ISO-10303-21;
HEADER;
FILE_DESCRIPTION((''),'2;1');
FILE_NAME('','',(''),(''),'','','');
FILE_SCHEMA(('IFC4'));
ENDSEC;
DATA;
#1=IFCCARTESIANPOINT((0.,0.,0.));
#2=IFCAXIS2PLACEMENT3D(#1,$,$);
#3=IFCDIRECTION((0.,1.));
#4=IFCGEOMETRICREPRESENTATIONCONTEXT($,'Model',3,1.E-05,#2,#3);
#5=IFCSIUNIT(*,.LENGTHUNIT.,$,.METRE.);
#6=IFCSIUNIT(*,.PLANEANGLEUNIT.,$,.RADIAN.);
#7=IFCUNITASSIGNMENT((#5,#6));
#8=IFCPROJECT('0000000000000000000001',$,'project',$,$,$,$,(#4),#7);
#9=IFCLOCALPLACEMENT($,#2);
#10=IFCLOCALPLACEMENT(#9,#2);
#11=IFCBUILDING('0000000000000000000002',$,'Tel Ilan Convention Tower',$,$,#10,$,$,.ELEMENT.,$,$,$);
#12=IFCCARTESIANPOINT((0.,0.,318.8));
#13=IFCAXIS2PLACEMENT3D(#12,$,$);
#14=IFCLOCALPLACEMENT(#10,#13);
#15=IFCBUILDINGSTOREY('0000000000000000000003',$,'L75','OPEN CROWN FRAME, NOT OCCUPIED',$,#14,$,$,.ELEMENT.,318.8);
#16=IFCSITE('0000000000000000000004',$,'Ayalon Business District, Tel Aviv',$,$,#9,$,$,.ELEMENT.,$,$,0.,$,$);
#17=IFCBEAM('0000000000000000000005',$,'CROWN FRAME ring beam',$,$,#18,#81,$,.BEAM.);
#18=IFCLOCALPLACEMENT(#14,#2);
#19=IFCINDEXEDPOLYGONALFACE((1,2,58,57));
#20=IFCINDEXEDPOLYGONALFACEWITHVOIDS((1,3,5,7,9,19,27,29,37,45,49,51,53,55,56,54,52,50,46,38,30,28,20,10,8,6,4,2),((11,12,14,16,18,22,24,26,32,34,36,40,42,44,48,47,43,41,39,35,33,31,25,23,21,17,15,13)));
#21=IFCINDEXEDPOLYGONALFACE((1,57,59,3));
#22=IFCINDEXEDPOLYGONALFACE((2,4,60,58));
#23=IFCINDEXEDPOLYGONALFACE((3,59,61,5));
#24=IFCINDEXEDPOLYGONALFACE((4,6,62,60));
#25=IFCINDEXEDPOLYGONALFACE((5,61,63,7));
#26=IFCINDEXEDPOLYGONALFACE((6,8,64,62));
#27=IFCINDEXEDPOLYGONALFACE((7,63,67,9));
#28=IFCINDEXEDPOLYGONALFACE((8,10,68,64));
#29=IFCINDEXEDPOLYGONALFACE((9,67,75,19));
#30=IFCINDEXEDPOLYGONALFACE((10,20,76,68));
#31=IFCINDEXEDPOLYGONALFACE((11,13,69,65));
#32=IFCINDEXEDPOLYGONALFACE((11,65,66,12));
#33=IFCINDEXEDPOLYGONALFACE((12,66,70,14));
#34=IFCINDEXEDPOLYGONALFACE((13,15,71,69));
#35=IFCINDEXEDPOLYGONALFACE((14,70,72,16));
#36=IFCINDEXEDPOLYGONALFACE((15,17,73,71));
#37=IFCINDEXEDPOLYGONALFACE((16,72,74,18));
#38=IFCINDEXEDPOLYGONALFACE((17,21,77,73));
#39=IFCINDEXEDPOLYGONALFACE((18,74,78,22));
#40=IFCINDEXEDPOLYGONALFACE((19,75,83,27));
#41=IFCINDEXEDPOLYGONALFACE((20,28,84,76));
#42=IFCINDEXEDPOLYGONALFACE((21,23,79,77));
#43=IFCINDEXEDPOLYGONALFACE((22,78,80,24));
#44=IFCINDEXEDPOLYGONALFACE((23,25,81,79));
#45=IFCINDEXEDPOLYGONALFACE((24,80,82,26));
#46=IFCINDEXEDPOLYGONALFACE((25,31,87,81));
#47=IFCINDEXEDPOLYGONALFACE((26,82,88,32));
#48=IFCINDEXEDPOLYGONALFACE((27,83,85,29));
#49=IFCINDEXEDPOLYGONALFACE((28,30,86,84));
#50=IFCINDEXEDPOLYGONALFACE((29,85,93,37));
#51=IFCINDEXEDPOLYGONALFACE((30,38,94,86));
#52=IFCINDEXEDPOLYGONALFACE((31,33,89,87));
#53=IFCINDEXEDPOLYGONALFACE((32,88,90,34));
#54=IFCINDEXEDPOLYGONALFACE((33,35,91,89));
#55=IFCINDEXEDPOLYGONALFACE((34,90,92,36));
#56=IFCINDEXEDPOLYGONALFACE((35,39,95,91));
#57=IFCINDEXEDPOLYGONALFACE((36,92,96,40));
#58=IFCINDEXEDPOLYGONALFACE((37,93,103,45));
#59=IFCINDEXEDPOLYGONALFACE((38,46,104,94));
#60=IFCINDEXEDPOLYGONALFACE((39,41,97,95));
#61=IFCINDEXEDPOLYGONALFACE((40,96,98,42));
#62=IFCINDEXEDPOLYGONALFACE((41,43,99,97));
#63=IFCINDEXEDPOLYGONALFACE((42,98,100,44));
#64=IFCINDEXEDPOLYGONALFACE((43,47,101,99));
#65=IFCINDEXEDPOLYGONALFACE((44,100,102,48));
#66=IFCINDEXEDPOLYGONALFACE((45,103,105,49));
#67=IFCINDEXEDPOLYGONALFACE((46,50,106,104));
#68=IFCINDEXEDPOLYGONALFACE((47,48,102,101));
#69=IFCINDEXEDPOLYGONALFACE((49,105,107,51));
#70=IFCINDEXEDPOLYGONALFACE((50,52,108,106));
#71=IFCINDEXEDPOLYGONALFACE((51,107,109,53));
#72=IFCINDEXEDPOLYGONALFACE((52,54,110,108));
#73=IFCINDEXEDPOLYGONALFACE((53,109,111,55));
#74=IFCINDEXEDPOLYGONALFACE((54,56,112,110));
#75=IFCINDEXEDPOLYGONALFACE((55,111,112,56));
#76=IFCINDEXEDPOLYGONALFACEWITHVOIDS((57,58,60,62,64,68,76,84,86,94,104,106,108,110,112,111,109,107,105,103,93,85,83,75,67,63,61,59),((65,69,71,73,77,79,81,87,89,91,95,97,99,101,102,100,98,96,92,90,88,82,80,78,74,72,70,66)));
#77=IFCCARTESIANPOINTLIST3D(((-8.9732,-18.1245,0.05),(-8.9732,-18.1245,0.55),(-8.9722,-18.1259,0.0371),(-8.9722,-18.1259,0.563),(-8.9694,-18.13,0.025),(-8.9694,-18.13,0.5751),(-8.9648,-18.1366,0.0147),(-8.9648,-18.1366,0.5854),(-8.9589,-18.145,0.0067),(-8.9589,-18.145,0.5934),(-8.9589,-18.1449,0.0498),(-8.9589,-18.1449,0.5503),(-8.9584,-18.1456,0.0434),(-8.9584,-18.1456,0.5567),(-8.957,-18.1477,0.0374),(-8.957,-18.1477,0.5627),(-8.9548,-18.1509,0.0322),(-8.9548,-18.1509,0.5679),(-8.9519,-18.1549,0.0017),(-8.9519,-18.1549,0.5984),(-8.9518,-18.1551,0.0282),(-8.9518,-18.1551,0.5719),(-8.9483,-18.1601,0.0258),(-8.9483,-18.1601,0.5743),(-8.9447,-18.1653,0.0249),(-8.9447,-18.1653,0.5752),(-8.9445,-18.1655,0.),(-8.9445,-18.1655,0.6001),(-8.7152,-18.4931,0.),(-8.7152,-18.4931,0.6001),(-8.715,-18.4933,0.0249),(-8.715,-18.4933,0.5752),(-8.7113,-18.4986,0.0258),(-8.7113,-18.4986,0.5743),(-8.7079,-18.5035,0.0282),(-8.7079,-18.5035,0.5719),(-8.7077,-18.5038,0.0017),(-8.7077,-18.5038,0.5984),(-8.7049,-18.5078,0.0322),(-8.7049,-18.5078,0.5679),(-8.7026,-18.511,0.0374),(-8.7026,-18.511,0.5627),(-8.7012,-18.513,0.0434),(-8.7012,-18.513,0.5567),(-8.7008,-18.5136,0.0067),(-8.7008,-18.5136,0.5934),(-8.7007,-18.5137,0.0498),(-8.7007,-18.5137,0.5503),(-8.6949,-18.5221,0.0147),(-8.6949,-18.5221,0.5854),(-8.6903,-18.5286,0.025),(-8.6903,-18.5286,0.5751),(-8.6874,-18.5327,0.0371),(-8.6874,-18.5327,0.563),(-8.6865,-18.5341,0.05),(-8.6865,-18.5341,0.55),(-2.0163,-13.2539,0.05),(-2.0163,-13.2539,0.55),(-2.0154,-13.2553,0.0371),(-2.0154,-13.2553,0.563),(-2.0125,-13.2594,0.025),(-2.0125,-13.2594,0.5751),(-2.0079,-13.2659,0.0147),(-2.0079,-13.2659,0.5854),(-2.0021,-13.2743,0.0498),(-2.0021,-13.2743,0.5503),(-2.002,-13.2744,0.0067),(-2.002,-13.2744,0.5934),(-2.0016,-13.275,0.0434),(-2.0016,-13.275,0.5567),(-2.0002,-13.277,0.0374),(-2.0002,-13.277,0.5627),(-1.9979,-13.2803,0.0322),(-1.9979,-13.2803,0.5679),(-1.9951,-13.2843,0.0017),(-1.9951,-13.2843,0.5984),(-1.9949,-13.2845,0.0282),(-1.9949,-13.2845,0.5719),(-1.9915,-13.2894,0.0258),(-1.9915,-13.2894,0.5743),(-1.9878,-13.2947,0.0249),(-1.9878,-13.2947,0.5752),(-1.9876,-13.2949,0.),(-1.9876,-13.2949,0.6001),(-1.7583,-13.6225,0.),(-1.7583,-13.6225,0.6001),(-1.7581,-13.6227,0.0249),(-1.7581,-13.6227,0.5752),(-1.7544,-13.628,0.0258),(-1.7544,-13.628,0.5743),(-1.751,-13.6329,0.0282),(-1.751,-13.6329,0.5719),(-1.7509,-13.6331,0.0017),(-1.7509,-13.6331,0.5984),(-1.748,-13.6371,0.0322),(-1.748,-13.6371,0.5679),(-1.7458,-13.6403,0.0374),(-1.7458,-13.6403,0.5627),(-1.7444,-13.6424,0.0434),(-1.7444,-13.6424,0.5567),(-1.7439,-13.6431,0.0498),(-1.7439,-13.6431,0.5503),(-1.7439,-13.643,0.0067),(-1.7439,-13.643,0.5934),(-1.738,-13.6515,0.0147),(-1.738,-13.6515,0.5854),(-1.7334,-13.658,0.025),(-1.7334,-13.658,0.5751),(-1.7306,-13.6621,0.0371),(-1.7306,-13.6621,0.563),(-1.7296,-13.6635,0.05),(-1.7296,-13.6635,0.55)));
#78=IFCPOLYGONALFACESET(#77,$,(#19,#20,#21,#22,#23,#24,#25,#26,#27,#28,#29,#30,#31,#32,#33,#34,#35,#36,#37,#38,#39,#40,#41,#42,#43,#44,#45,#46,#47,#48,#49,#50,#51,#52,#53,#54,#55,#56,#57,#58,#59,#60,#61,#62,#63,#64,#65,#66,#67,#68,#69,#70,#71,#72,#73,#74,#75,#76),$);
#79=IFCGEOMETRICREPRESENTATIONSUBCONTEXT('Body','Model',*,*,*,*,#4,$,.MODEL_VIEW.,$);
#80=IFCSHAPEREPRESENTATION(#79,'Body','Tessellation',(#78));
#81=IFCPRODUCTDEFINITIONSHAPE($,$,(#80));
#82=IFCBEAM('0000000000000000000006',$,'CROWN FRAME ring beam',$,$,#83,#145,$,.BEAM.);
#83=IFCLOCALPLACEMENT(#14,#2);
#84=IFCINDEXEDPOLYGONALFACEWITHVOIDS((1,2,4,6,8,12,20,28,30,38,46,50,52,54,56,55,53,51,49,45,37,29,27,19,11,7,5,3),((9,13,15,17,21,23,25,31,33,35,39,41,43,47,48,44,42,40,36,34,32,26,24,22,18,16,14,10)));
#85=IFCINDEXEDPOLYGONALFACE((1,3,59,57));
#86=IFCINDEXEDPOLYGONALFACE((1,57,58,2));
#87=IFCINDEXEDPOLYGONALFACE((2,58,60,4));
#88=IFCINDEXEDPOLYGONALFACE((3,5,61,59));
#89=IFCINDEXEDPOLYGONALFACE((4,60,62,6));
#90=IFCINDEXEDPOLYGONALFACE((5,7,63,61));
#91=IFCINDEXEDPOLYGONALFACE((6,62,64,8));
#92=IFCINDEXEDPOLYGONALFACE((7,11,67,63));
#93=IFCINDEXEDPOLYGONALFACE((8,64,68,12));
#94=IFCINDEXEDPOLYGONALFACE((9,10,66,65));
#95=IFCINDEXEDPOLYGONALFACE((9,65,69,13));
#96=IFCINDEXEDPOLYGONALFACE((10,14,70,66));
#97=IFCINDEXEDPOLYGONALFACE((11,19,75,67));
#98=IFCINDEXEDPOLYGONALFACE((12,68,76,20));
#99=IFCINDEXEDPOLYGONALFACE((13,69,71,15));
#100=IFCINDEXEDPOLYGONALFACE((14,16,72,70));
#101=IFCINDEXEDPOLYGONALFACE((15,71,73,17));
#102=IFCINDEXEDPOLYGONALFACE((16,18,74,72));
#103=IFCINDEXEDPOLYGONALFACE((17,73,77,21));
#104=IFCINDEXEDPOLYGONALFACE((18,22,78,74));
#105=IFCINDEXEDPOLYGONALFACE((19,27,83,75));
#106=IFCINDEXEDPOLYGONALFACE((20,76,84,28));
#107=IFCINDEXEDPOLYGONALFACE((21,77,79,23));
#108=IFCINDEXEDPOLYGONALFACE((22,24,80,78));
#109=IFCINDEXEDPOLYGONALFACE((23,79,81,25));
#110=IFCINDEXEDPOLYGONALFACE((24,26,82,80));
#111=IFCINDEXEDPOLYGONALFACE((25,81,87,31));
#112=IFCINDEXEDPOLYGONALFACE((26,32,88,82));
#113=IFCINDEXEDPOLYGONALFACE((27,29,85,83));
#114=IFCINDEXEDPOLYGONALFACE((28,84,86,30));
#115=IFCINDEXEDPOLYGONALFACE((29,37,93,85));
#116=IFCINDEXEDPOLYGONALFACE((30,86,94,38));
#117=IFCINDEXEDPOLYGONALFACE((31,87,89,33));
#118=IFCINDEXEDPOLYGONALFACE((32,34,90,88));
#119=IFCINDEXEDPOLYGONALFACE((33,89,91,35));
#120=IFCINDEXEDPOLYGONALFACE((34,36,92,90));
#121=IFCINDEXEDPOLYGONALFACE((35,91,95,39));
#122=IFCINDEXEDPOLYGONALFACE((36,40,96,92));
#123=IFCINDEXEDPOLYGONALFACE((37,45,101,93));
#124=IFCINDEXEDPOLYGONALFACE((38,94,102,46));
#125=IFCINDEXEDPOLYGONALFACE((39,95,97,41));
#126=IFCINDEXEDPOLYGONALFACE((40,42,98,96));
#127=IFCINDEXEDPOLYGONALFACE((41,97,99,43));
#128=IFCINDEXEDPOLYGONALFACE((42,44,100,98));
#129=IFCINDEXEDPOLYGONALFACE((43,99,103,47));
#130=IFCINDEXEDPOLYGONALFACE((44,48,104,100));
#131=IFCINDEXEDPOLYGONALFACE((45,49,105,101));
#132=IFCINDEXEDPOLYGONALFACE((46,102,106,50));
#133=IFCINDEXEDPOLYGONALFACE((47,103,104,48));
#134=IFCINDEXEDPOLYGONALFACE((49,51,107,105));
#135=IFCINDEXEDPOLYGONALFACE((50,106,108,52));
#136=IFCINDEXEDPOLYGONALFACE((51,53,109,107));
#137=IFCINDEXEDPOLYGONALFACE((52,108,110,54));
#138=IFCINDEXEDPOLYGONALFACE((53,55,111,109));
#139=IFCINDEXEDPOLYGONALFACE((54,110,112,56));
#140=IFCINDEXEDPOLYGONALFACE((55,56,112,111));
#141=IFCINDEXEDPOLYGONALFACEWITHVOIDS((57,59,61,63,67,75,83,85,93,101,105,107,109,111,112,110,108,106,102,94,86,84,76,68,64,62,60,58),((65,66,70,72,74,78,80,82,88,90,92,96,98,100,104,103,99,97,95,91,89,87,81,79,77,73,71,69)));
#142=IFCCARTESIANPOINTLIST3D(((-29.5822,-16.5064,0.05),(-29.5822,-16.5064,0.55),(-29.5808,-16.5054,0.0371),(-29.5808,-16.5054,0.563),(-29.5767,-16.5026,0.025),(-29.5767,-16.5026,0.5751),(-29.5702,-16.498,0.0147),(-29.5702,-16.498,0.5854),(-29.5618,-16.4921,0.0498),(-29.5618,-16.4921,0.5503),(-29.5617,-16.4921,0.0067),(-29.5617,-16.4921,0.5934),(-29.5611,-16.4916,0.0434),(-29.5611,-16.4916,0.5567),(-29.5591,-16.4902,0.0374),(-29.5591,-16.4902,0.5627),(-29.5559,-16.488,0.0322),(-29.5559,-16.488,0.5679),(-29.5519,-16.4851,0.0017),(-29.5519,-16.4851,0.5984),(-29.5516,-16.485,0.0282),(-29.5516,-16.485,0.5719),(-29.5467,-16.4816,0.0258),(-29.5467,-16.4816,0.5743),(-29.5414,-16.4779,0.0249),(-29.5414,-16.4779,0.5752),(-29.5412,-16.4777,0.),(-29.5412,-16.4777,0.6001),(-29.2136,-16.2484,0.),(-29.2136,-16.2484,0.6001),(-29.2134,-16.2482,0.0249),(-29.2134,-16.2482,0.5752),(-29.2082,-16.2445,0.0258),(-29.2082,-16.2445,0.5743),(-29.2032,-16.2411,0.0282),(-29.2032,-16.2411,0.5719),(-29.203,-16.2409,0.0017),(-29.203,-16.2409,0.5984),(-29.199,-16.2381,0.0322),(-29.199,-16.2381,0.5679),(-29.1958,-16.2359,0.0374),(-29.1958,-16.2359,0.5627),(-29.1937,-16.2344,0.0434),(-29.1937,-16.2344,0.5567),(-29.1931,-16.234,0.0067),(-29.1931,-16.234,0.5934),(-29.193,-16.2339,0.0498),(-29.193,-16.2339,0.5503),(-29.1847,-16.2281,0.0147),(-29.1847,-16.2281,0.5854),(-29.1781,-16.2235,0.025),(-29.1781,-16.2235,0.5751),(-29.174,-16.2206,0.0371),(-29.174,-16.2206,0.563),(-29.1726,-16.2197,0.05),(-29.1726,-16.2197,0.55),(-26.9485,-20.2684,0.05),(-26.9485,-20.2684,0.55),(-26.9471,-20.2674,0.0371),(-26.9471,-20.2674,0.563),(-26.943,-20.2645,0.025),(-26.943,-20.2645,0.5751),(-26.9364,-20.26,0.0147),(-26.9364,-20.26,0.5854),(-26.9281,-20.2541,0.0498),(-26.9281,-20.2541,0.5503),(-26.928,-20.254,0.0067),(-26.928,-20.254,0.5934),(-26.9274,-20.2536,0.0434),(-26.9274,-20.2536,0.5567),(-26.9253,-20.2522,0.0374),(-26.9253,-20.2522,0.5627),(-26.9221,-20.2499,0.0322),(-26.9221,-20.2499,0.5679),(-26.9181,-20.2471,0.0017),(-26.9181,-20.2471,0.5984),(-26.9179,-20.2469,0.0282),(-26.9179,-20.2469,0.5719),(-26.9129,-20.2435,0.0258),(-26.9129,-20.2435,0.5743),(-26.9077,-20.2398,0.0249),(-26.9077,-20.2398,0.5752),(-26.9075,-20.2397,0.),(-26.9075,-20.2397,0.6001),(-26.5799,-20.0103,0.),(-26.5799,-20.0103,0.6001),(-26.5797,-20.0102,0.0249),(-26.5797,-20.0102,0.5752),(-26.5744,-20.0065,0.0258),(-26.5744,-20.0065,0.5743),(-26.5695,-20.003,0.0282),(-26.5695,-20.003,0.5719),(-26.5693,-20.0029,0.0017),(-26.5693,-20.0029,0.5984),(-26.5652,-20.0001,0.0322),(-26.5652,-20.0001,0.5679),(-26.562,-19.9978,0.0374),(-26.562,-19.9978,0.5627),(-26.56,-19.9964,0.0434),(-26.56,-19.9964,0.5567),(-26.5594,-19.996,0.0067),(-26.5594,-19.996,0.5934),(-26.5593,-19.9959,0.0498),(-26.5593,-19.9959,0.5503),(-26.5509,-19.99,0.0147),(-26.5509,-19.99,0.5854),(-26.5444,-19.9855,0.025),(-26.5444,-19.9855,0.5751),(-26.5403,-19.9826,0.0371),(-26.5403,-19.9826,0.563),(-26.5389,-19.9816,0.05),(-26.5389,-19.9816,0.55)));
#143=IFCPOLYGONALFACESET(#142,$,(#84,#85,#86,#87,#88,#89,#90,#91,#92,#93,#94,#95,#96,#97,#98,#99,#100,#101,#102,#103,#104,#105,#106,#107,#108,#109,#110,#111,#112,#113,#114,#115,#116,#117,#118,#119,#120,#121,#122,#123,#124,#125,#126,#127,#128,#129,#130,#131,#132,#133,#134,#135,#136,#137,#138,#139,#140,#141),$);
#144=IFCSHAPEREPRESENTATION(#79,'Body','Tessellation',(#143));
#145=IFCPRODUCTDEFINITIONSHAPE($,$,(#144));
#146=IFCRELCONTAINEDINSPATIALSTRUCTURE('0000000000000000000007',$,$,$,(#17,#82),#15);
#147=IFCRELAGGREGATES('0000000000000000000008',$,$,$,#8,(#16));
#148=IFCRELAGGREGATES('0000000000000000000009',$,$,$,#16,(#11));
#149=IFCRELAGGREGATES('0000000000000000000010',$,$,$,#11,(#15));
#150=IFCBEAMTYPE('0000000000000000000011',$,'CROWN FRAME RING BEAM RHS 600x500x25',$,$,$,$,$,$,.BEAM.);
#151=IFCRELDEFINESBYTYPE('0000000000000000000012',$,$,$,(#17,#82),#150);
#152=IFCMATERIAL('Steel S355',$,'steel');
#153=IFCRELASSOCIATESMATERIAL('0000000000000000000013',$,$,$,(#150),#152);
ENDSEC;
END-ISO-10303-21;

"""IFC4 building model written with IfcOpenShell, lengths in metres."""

from ifc_helpers import new_model, si_unit, direction, frame, origin, origin_2d, place, context, subcontext, project, spatial, hollow_rectangle, extrude, material, material_profile, profile_set, type_object, element, save


model = new_model("IFC4")

# Units and contexts
model_context = context("Model", 3, precision=1e-05, world=origin(), true_north=direction((0.0, 1.0)))
body_context = subcontext(model_context, "Body", "Model", "MODEL_VIEW")
ifc_project = project(units=[si_unit("LENGTHUNIT", "METRE"), si_unit("PLANEANGLEUNIT", "RADIAN")], contexts=[model_context])

# Site, building, storey
site_placement = place(None, origin())
site = spatial("IfcSite", under=ifc_project, at=site_placement, Name="Ayalon Business District, Tel Aviv", CompositionType="ELEMENT", RefElevation=0.0)
building_placement = place(site_placement, origin())
building = spatial("IfcBuilding", under=site, at=building_placement, Name="Tel Ilan Convention Tower", CompositionType="ELEMENT")
storey_placement = place(building_placement, frame((0.0, 0.0, 318.8)))
storey = spatial("IfcBuildingStorey", under=building, at=storey_placement, Name="L75", Description="OPEN CROWN FRAME, NOT OCCUPIED", CompositionType="ELEMENT", Elevation=318.8)

# Beams
ifc_material_1 = material(Name="Steel S355", Category="steel")
ifc_material_profile_1 = material_profile(ifc_material_1, hollow_rectangle(XDim=0.5, YDim=0.6001, WallThickness=0.0249, InnerFilletRadius=0.0249, OuterFilletRadius=0.05, at=origin_2d()), Name="RHS 600x500x25")
ifc_profile_set_1 = profile_set([ifc_material_profile_1], Name="Steel S355")
beam_type = type_object("IfcBeamType", Name="CROWN FRAME RING BEAM RHS 600x500x25", PredefinedType="BEAM", material=ifc_profile_set_1)
beam_1_placement = place(storey_placement, frame((-8.8298, -18.3293, 0.3), z_axis=(0.819185, 0.57353, 0.0), x_axis=(-0.57353, 0.819185, 0.0)))
element("IfcBeam", 1, at=beam_1_placement, inside=storey, type_object=beam_type, Name="CROWN FRAME ring beam", PredefinedType="BEAM", context=body_context, shape_type="SweptSolid", body=[
    extrude(hollow_rectangle(XDim=0.5, YDim=0.6001, WallThickness=0.0249, InnerFilletRadius=0.0249, OuterFilletRadius=0.05, at=origin_2d()), origin(), (0.0, 0.0, 1.0), 8.4924),
])
beam_2_placement = place(storey_placement, frame((-29.3774, -16.363, 0.3), z_axis=(0.573523, -0.819189, 0.0), x_axis=(0.819189, 0.573523, 0.0)))
element("IfcBeam", 2, at=beam_2_placement, inside=storey, type_object=beam_type, Name="CROWN FRAME ring beam", PredefinedType="BEAM", context=body_context, shape_type="SweptSolid", body=[
    extrude(hollow_rectangle(XDim=0.5, YDim=0.6001, WallThickness=0.0249, InnerFilletRadius=0.0249, OuterFilletRadius=0.05, at=origin_2d()), origin(), (0.0, 0.0, 1.0), 4.5923),
])

save(model, "model.ifc")
